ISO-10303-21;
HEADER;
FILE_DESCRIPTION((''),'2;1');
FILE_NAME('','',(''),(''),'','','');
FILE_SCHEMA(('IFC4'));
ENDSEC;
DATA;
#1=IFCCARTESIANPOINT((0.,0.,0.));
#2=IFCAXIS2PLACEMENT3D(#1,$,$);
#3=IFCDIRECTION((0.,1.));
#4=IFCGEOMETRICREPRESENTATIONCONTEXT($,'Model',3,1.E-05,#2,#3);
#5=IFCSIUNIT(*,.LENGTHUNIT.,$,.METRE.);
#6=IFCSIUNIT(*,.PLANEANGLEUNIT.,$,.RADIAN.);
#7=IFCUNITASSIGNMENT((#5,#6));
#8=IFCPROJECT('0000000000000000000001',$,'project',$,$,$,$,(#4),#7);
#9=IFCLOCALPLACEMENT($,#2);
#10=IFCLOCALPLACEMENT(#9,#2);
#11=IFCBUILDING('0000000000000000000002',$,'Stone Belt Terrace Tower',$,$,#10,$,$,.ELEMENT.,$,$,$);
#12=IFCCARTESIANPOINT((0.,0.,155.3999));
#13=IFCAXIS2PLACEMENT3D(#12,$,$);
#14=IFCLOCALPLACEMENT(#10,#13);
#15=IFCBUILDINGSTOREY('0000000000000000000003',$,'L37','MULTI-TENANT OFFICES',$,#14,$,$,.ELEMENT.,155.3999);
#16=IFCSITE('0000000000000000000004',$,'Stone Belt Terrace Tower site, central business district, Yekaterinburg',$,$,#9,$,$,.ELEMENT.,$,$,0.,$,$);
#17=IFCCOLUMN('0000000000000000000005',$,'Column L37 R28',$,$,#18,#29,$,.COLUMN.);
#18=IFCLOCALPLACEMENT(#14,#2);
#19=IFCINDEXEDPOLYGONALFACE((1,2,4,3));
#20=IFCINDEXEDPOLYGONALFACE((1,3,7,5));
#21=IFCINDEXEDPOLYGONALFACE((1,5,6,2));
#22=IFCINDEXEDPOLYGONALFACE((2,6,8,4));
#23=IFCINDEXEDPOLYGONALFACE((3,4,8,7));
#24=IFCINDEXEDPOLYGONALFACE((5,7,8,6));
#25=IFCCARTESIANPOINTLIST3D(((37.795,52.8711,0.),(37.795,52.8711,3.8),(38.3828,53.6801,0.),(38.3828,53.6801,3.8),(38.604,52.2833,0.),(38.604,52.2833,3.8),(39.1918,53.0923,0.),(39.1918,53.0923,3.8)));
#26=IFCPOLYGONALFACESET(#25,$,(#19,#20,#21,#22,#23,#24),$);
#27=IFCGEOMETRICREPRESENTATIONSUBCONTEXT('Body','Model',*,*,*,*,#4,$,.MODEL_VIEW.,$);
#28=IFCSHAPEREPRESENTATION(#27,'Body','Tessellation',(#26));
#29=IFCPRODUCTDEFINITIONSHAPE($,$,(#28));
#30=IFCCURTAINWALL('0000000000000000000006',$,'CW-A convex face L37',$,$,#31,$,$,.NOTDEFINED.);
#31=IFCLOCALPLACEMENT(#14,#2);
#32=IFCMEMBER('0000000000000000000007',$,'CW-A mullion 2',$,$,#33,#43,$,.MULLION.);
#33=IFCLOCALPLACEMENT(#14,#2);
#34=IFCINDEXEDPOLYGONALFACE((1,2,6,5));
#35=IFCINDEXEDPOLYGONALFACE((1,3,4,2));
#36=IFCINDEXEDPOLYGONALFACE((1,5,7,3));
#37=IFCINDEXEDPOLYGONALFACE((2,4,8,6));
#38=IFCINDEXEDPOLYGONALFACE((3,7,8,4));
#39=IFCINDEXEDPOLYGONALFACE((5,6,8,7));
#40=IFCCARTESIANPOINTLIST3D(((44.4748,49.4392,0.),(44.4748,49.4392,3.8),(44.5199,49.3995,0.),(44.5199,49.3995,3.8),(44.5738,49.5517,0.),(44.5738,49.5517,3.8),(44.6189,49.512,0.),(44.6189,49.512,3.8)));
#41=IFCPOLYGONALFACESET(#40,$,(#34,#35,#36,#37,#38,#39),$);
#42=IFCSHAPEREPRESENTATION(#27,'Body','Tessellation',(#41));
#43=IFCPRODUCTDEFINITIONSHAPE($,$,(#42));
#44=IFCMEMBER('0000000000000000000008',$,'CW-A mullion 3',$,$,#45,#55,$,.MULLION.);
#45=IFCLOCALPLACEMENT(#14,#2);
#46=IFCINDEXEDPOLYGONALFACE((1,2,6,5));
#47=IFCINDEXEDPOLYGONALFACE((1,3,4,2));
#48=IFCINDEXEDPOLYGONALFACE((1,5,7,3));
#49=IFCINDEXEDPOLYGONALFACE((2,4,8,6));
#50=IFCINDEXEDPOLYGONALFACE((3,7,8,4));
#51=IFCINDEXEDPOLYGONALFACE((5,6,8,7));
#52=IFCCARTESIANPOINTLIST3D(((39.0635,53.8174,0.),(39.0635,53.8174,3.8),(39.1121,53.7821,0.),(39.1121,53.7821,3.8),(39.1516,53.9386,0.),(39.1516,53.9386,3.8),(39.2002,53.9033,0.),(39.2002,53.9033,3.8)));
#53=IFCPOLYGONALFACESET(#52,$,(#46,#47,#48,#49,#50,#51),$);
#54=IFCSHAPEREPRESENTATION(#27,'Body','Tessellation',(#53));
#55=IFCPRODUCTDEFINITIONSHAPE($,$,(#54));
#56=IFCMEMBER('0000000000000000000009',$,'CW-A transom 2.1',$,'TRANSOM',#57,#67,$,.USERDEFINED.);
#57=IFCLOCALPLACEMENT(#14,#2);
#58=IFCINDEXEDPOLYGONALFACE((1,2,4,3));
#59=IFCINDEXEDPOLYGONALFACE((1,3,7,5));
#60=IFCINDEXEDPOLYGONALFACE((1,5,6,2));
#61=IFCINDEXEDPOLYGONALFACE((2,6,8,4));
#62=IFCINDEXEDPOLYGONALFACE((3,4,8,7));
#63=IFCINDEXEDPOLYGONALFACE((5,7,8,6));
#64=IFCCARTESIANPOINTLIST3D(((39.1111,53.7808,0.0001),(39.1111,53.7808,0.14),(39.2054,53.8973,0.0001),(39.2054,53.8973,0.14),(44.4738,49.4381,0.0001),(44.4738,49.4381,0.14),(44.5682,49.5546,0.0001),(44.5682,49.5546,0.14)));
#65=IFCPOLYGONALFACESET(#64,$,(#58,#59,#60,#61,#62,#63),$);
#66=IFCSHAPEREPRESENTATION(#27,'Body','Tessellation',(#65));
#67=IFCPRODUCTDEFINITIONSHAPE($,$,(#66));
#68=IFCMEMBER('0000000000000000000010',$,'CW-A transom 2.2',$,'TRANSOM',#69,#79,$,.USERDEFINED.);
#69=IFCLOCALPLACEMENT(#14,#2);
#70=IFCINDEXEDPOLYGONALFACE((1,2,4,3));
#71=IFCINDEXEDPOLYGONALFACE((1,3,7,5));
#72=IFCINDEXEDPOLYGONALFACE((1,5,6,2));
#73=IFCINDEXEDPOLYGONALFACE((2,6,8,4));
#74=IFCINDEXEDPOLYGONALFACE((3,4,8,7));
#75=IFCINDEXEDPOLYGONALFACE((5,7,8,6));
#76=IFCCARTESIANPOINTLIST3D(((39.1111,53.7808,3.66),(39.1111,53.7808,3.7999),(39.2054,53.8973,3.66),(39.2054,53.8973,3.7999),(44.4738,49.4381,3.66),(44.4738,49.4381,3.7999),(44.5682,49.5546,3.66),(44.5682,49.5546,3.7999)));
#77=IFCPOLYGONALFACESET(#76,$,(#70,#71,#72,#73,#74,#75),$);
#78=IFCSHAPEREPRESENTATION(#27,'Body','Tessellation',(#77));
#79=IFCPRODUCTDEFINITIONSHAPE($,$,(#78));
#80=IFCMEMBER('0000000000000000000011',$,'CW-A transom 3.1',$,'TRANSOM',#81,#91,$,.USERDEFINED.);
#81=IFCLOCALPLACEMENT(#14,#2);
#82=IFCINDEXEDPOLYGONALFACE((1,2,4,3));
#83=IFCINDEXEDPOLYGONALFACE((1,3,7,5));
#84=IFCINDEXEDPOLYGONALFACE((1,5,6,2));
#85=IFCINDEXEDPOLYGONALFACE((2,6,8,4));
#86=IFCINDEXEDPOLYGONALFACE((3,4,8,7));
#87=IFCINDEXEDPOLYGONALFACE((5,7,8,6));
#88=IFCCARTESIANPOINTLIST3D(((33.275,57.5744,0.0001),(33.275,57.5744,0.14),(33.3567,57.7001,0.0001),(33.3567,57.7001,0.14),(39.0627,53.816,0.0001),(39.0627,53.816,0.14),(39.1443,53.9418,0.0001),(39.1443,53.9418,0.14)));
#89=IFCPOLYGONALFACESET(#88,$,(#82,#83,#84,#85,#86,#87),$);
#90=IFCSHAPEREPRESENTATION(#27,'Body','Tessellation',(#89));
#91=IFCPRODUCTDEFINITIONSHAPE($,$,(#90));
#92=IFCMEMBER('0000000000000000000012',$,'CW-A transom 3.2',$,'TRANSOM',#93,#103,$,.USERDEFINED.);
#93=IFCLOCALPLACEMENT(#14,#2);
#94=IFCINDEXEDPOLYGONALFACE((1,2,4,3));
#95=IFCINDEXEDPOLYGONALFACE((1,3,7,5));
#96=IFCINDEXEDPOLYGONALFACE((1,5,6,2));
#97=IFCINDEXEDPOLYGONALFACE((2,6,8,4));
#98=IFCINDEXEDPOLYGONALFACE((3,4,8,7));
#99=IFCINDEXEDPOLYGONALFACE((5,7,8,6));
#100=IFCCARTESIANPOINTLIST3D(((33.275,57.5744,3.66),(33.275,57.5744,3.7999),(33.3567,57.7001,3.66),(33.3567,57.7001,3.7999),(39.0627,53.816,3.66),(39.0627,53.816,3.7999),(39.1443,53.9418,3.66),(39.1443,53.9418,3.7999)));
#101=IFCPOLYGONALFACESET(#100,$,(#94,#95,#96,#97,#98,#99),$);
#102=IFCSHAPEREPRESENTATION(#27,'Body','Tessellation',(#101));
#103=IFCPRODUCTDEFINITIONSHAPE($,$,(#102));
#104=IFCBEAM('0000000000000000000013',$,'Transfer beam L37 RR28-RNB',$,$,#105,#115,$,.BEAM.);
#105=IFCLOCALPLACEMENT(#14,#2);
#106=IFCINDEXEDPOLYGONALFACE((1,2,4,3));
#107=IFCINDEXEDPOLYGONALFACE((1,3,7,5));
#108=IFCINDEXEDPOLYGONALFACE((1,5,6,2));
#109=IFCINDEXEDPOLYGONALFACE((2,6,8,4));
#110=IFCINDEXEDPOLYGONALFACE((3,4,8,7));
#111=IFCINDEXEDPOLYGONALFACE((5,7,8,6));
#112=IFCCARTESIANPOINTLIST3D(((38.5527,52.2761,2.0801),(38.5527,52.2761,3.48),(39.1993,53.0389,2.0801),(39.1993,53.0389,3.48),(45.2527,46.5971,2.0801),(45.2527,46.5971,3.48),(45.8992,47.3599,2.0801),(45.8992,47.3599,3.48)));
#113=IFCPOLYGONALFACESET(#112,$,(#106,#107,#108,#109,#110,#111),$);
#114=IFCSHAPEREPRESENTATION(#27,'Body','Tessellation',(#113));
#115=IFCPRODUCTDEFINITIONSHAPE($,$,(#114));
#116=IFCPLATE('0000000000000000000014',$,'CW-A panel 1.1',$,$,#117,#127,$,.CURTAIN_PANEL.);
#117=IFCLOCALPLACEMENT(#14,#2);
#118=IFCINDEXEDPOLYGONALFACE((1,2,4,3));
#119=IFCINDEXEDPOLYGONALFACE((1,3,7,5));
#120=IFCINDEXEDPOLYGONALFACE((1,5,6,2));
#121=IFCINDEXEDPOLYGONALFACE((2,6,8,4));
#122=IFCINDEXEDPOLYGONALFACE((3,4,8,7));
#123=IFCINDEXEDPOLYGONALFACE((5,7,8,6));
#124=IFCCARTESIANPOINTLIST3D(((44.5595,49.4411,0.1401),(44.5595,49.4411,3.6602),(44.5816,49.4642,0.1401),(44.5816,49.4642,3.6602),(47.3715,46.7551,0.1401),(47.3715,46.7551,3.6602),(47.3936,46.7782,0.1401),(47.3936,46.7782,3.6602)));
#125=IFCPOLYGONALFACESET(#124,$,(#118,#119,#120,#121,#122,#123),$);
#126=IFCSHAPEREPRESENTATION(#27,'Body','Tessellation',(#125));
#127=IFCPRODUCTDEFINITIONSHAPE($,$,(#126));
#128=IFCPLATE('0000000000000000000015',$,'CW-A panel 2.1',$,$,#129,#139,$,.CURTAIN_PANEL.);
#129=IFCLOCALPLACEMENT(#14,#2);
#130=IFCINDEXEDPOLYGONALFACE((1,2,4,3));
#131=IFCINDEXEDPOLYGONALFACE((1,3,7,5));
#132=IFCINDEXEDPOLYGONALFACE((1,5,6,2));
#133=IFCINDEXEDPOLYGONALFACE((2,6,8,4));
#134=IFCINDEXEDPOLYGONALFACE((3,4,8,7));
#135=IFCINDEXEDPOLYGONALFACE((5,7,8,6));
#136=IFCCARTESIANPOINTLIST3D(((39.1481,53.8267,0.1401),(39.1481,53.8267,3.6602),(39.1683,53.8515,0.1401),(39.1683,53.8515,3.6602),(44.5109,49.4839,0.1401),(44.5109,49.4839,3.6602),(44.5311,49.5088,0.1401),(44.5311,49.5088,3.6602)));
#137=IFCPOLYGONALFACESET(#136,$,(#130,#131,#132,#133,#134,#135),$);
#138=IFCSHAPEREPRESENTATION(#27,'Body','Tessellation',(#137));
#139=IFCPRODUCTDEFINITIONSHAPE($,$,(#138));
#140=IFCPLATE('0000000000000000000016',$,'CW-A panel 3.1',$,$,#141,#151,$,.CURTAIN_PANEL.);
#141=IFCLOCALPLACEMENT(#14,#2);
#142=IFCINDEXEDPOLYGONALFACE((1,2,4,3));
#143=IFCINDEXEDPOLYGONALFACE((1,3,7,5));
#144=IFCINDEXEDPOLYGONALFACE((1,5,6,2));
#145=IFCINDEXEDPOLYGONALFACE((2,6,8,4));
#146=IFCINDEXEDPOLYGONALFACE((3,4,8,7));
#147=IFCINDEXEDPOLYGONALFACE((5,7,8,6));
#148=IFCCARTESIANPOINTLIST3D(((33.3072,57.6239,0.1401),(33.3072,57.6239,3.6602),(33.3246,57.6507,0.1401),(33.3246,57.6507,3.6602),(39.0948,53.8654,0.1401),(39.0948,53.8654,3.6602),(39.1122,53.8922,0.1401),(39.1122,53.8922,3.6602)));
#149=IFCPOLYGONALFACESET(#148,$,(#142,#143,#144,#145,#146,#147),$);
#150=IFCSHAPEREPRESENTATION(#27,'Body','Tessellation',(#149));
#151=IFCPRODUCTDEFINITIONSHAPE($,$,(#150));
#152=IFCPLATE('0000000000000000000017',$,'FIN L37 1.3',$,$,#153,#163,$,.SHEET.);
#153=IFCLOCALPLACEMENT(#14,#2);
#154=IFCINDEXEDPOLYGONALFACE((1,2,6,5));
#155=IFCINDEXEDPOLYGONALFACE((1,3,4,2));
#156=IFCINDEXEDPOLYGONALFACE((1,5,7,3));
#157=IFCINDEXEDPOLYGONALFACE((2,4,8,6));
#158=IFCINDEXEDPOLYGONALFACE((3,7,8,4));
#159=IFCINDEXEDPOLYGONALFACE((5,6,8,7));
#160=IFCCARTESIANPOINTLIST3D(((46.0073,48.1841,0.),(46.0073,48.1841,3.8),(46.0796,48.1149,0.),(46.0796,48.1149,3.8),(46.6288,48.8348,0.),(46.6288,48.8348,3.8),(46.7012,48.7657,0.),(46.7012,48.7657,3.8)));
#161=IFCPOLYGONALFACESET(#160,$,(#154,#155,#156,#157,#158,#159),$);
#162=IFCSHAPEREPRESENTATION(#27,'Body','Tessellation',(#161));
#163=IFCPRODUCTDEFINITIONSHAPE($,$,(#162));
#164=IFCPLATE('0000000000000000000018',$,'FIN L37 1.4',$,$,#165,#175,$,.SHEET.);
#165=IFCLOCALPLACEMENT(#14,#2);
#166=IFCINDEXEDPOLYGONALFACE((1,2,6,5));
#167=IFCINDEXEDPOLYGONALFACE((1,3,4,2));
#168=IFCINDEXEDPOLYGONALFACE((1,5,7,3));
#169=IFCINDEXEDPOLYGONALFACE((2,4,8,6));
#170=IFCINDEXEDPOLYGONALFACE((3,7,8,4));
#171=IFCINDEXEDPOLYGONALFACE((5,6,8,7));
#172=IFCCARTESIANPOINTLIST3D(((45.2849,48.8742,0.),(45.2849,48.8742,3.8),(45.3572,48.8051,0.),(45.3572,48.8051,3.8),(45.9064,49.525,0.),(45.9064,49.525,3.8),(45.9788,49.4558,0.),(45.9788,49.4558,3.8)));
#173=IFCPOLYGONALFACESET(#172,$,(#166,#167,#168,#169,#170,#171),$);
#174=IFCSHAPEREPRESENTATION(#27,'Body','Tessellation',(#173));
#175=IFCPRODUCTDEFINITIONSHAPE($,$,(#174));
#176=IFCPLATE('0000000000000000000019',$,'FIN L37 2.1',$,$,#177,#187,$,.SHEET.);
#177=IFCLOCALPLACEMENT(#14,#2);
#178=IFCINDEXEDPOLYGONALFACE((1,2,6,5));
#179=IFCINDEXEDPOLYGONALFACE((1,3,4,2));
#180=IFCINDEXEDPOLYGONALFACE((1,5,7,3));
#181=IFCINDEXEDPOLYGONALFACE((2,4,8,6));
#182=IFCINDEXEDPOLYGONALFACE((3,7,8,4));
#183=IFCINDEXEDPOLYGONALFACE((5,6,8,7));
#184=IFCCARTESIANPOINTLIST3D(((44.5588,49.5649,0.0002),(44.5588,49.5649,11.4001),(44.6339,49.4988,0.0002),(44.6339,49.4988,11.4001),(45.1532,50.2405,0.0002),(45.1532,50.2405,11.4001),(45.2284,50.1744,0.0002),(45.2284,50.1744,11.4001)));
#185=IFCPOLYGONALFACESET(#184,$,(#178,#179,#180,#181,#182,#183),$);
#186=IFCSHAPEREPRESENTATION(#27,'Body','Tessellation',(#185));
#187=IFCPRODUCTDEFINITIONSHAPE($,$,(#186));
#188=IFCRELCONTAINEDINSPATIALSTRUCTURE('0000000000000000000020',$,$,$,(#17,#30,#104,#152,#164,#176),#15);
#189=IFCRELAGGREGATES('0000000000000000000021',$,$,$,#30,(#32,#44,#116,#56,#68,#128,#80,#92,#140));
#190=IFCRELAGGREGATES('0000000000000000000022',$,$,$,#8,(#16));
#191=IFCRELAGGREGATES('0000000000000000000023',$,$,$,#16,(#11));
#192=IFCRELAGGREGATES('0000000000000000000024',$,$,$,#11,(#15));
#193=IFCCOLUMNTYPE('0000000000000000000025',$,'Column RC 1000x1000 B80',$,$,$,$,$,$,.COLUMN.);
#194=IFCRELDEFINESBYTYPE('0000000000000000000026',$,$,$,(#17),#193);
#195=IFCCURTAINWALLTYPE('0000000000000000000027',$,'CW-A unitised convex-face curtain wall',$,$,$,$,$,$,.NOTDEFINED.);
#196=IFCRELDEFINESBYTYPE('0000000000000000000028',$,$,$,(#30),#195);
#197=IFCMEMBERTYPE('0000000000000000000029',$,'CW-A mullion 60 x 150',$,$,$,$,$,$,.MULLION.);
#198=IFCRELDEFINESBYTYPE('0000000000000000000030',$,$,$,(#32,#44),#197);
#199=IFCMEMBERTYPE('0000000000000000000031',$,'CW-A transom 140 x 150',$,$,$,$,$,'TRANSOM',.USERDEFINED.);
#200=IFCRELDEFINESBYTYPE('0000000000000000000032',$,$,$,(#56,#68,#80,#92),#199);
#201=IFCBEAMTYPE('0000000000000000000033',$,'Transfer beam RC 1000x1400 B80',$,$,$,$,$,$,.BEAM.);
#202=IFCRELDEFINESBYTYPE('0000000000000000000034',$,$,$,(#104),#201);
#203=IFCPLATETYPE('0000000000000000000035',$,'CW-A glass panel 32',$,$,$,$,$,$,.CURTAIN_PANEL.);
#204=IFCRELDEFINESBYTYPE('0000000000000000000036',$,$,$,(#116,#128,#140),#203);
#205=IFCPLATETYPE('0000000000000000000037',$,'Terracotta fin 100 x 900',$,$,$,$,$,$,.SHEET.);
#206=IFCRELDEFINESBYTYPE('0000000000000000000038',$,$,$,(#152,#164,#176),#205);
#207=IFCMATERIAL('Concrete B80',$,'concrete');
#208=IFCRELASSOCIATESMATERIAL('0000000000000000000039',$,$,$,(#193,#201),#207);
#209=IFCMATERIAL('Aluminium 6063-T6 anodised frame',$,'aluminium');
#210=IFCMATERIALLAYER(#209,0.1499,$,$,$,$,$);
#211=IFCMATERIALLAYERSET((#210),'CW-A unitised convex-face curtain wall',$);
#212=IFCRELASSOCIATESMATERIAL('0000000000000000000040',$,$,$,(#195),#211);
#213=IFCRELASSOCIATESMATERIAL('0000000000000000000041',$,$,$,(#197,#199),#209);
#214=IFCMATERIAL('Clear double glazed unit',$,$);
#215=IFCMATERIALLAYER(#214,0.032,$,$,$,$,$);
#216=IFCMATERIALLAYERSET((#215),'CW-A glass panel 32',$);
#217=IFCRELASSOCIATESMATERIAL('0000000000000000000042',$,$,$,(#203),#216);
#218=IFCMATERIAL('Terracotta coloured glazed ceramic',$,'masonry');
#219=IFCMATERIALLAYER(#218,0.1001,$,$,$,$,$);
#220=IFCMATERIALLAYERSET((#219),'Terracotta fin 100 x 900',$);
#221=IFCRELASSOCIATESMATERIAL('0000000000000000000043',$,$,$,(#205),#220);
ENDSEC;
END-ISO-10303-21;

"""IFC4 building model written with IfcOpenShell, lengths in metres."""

from ifc_helpers import new_model, si_unit, direction, frame, origin, origin_2d, place, context, subcontext, project, spatial, rectangle, extrude, material, layer, layer_set, material_profile, profile_set, type_object, element, aggregate, save


model = new_model("IFC4")

# Units and contexts
model_context = context("Model", 3, precision=1e-05, world=origin(), true_north=direction((0.0, 1.0)))
body_context = subcontext(model_context, "Body", "Model", "MODEL_VIEW")
ifc_project = project(units=[si_unit("LENGTHUNIT", "METRE"), si_unit("PLANEANGLEUNIT", "RADIAN")], contexts=[model_context])

# Site, building, storey
site_placement = place(None, origin())
site = spatial("IfcSite", under=ifc_project, at=site_placement, Name="Stone Belt Terrace Tower site, central business district, Yekaterinburg", CompositionType="ELEMENT", RefElevation=0.0)
building_placement = place(site_placement, origin())
building = spatial("IfcBuilding", under=site, at=building_placement, Name="Stone Belt Terrace Tower", CompositionType="ELEMENT")
storey_placement = place(building_placement, frame((0.0, 0.0, 155.3999)))
storey = spatial("IfcBuildingStorey", under=building, at=storey_placement, Name="L37", Description="MULTI-TENANT OFFICES", CompositionType="ELEMENT", Elevation=155.3999)

# Column
ifc_material_1 = material(Name="Concrete B80", Category="concrete")
ifc_material_profile_1 = material_profile(ifc_material_1, rectangle(XDim=1.0, YDim=1.0, at=origin_2d()), Name="RC 1000x1000")
ifc_profile_set_1 = profile_set([ifc_material_profile_1], Name="Concrete B80")
column_type = type_object("IfcColumnType", Name="Column RC 1000x1000 B80", PredefinedType="COLUMN", material=ifc_profile_set_1)
column_placement = place(storey_placement, frame((38.4934, 52.9817, 0.0), z_axis=(0.0, 0.0, 1.0), x_axis=(0.809017, -0.587785, 0.0)))
element("IfcColumn", 1, at=column_placement, inside=storey, type_object=column_type, Name="Column L37 R28", PredefinedType="COLUMN", context=body_context, shape_type="SweptSolid", body=[
    extrude(rectangle(XDim=1.0, YDim=1.0, at=origin_2d()), origin(), (0.0, 0.0, 1.0), 3.8),
])

# Curtain wall, members
ifc_material_2 = material(Name="Aluminium 6063-T6 anodised frame", Category="aluminium")
ifc_layer_1 = layer(ifc_material_2, 0.1499)
ifc_layer_set_1 = layer_set([ifc_layer_1], Name="CW-A unitised convex-face curtain wall")
curtain_wall_type = type_object("IfcCurtainWallType", Name="CW-A unitised convex-face curtain wall", PredefinedType="NOTDEFINED", material=ifc_layer_set_1)
curtain_wall_placement = place(storey_placement, origin())
curtain_wall = element("IfcCurtainWall", 2, at=curtain_wall_placement, inside=storey, type_object=curtain_wall_type, Name="CW-A convex face L37", PredefinedType="NOTDEFINED")
ifc_material_profile_2 = material_profile(ifc_material_2, rectangle(XDim=0.1499, YDim=0.0601, at=origin_2d()), Name="Aluminium 6063-T6 60x150")
ifc_profile_set_2 = profile_set([ifc_material_profile_2], Name="Aluminium 6063-T6 anodised frame")
member_type_1 = type_object("IfcMemberType", Name="CW-A mullion 60 x 150", PredefinedType="MULLION", material=ifc_profile_set_2)
member_1_placement = place(storey_placement, frame((44.5469, 49.4756, 0.0), z_axis=(0.0, 0.0, 1.0), x_axis=(-0.660573, -0.750761, 0.0)))
member_1 = element("IfcMember", 3, at=member_1_placement, type_object=member_type_1, Name="CW-A mullion 2", PredefinedType="MULLION", context=body_context, shape_type="SweptSolid", body=[
    extrude(rectangle(XDim=0.1499, YDim=0.0601, at=origin_2d()), origin(), (0.0, 0.0, 1.0), 3.8),
])
member_2_placement = place(storey_placement, frame((39.1318, 53.8604, 0.0), z_axis=(0.0, 0.0, 1.0), x_axis=(-0.587785, -0.809017, 0.0)))
member_2 = element("IfcMember", 4, at=member_2_placement, type_object=member_type_1, Name="CW-A mullion 3", PredefinedType="MULLION", context=body_context, shape_type="SweptSolid", body=[
    extrude(rectangle(XDim=0.1499, YDim=0.0601, at=origin_2d()), origin(), (0.0, 0.0, 1.0), 3.8),
])
ifc_material_profile_3 = material_profile(ifc_material_2, rectangle(XDim=0.1499, YDim=0.1399, at=origin_2d()), Name="Aluminium 6063-T6 150x140")
ifc_profile_set_3 = profile_set([ifc_material_profile_3], Name="Aluminium 6063-T6 anodised frame")
member_type_2 = type_object("IfcMemberType", Name="CW-A transom 140 x 150", ElementType="TRANSOM", PredefinedType="USERDEFINED", material=ifc_profile_set_3)
member_3_placement = place(storey_placement, frame((44.521, 49.4963, 0.0701), z_axis=(-0.777141, 0.629326, 0.0), x_axis=(-0.629326, -0.777141, 0.0)))
member_3 = element("IfcMember", 5, at=member_3_placement, type_object=member_type_2, Name="CW-A transom 2.1", ObjectType="TRANSOM", PredefinedType="USERDEFINED", context=body_context, shape_type="SweptSolid", body=[
    extrude(rectangle(XDim=0.1499, YDim=0.1399, at=origin_2d()), origin(), (0.0, 0.0, 1.0), 6.9006),
])
member_4_placement = place(storey_placement, frame((44.521, 49.4963, 3.73), z_axis=(-0.777141, 0.629326, 0.0), x_axis=(-0.629326, -0.777141, 0.0)))
member_4 = element("IfcMember", 6, at=member_4_placement, type_object=member_type_2, Name="CW-A transom 2.2", ObjectType="TRANSOM", PredefinedType="USERDEFINED", context=body_context, shape_type="SweptSolid", body=[
    extrude(rectangle(XDim=0.1499, YDim=0.1399, at=origin_2d()), origin(), (0.0, 0.0, 1.0), 6.9006),
])
member_5_placement = place(storey_placement, frame((39.1035, 53.8789, 0.0701), z_axis=(-0.838684, 0.544618, 0.0), x_axis=(-0.544618, -0.838684, 0.0)))
member_5 = element("IfcMember", 7, at=member_5_placement, type_object=member_type_2, Name="CW-A transom 3.1", ObjectType="TRANSOM", PredefinedType="USERDEFINED", context=body_context, shape_type="SweptSolid", body=[
    extrude(rectangle(XDim=0.1499, YDim=0.1399, at=origin_2d()), origin(), (0.0, 0.0, 1.0), 6.9009),
])
member_6_placement = place(storey_placement, frame((39.1035, 53.8789, 3.73), z_axis=(-0.838684, 0.544618, 0.0), x_axis=(-0.544618, -0.838684, 0.0)))
member_6 = element("IfcMember", 8, at=member_6_placement, type_object=member_type_2, Name="CW-A transom 3.2", ObjectType="TRANSOM", PredefinedType="USERDEFINED", context=body_context, shape_type="SweptSolid", body=[
    extrude(rectangle(XDim=0.1499, YDim=0.1399, at=origin_2d()), origin(), (0.0, 0.0, 1.0), 6.9009),
])

# Beam
ifc_material_profile_4 = material_profile(ifc_material_1, rectangle(XDim=1.0, YDim=1.3999, at=origin_2d()), Name="RC 1000x1400")
ifc_profile_set_4 = profile_set([ifc_material_profile_4], Name="Concrete B80")
beam_type = type_object("IfcBeamType", Name="Transfer beam RC 1000x1400 B80", PredefinedType="BEAM", material=ifc_profile_set_4)
beam_placement = place(storey_placement, frame((38.876, 52.6575, 2.78), z_axis=(0.762838, -0.64659, 0.0), x_axis=(0.64659, 0.762838, 0.0)))
element("IfcBeam", 9, at=beam_placement, inside=storey, type_object=beam_type, Name="Transfer beam L37 RR28-RNB", PredefinedType="BEAM", context=body_context, shape_type="SweptSolid", body=[
    extrude(rectangle(XDim=1.0, YDim=1.3999, at=origin_2d()), origin(), (0.0, 0.0, 1.0), 8.783),
])

# Plates
ifc_material_3 = material(Name="Clear double glazed unit")
ifc_layer_2 = layer(ifc_material_3, 0.032)
ifc_layer_set_2 = layer_set([ifc_layer_2], Name="CW-A glass panel 32")
plate_type_1 = type_object("IfcPlateType", Name="CW-A glass panel 32", PredefinedType="CURTAIN_PANEL", material=ifc_layer_set_2)
plate_1_placement = place(storey_placement, frame((45.9766, 48.1096, 0.1401), z_axis=(0.0, 0.0, 1.0), x_axis=(-0.723121, 0.690721, 0.0)))
plate_1 = element("IfcPlate", 10, at=plate_1_placement, type_object=plate_type_1, Name="CW-A panel 1.1", PredefinedType="CURTAIN_PANEL", context=body_context, shape_type="SweptSolid", body=[
    extrude(rectangle(XDim=3.8887, YDim=0.032, at=origin_2d()), origin(), (0.0, 0.0, 1.0), 3.52),
])
plate_2_placement = place(storey_placement, frame((41.8396, 51.6677, 0.1401), z_axis=(0.0, 0.0, 1.0), x_axis=(-0.777146, 0.62932, 0.0)))
plate_2 = element("IfcPlate", 11, at=plate_2_placement, type_object=plate_type_1, Name="CW-A panel 2.1", PredefinedType="CURTAIN_PANEL", context=body_context, shape_type="SweptSolid", body=[
    extrude(rectangle(XDim=6.9006, YDim=0.032, at=origin_2d()), origin(), (0.0, 0.0, 1.0), 3.52),
])
plate_3_placement = place(storey_placement, frame((36.2097, 55.7581, 0.1401), z_axis=(0.0, 0.0, 1.0), x_axis=(-0.838671, 0.544639, 0.0)))
plate_3 = element("IfcPlate", 12, at=plate_3_placement, type_object=plate_type_1, Name="CW-A panel 3.1", PredefinedType="CURTAIN_PANEL", context=body_context, shape_type="SweptSolid", body=[
    extrude(rectangle(XDim=6.9009, YDim=0.032, at=origin_2d()), origin(), (0.0, 0.0, 1.0), 3.52),
])
aggregate(curtain_wall, [member_1, member_2, plate_1, member_3, member_4, plate_2, member_5, member_6, plate_3])

# Plates
ifc_material_4 = material(Name="Terracotta coloured glazed ceramic", Category="masonry")
ifc_layer_3 = layer(ifc_material_4, 0.1001)
ifc_layer_set_3 = layer_set([ifc_layer_3], Name="Terracotta fin 100 x 900")
plate_type_2 = type_object("IfcPlateType", Name="Terracotta fin 100 x 900", PredefinedType="SHEET", material=ifc_layer_set_3)
for number, where, z_axis, x_axis, name in (
    (13, (46.3542, 48.4749, 0.0), (0.0, 0.0, 1.0), (0.690721, 0.723121, 0.0), "FIN L37 1.3"),
    (14, (45.6318, 49.165, 0.0), (0.0, 0.0, 1.0), (0.690721, 0.723121, 0.0), "FIN L37 1.4"),
):
    element("IfcPlate", number, at=place(storey_placement, frame(where, z_axis=z_axis, x_axis=x_axis)), inside=storey, type_object=plate_type_2, Name=name, PredefinedType="SHEET", context=body_context, shape_type="SweptSolid", body=[
        extrude(rectangle(XDim=0.8999, YDim=0.1001, at=origin_2d()), origin(), (0.0, 0.0, 1.0), 3.8),
    ])
for number, where, z_axis, x_axis, name in (
    (15, (44.8936, 49.8696, 0.0002), (0.0, 0.0, 1.0), (0.660573, 0.750761, 0.0), "FIN L37 2.1"),
):
    element("IfcPlate", number, at=place(storey_placement, frame(where, z_axis=z_axis, x_axis=x_axis)), inside=storey, type_object=plate_type_2, Name=name, PredefinedType="SHEET", context=body_context, shape_type="SweptSolid", body=[
        extrude(rectangle(XDim=0.8999, YDim=0.1001, at=origin_2d()), origin(), (0.0, 0.0, 1.0), 11.3999),
    ])

save(model, "model.ifc")
